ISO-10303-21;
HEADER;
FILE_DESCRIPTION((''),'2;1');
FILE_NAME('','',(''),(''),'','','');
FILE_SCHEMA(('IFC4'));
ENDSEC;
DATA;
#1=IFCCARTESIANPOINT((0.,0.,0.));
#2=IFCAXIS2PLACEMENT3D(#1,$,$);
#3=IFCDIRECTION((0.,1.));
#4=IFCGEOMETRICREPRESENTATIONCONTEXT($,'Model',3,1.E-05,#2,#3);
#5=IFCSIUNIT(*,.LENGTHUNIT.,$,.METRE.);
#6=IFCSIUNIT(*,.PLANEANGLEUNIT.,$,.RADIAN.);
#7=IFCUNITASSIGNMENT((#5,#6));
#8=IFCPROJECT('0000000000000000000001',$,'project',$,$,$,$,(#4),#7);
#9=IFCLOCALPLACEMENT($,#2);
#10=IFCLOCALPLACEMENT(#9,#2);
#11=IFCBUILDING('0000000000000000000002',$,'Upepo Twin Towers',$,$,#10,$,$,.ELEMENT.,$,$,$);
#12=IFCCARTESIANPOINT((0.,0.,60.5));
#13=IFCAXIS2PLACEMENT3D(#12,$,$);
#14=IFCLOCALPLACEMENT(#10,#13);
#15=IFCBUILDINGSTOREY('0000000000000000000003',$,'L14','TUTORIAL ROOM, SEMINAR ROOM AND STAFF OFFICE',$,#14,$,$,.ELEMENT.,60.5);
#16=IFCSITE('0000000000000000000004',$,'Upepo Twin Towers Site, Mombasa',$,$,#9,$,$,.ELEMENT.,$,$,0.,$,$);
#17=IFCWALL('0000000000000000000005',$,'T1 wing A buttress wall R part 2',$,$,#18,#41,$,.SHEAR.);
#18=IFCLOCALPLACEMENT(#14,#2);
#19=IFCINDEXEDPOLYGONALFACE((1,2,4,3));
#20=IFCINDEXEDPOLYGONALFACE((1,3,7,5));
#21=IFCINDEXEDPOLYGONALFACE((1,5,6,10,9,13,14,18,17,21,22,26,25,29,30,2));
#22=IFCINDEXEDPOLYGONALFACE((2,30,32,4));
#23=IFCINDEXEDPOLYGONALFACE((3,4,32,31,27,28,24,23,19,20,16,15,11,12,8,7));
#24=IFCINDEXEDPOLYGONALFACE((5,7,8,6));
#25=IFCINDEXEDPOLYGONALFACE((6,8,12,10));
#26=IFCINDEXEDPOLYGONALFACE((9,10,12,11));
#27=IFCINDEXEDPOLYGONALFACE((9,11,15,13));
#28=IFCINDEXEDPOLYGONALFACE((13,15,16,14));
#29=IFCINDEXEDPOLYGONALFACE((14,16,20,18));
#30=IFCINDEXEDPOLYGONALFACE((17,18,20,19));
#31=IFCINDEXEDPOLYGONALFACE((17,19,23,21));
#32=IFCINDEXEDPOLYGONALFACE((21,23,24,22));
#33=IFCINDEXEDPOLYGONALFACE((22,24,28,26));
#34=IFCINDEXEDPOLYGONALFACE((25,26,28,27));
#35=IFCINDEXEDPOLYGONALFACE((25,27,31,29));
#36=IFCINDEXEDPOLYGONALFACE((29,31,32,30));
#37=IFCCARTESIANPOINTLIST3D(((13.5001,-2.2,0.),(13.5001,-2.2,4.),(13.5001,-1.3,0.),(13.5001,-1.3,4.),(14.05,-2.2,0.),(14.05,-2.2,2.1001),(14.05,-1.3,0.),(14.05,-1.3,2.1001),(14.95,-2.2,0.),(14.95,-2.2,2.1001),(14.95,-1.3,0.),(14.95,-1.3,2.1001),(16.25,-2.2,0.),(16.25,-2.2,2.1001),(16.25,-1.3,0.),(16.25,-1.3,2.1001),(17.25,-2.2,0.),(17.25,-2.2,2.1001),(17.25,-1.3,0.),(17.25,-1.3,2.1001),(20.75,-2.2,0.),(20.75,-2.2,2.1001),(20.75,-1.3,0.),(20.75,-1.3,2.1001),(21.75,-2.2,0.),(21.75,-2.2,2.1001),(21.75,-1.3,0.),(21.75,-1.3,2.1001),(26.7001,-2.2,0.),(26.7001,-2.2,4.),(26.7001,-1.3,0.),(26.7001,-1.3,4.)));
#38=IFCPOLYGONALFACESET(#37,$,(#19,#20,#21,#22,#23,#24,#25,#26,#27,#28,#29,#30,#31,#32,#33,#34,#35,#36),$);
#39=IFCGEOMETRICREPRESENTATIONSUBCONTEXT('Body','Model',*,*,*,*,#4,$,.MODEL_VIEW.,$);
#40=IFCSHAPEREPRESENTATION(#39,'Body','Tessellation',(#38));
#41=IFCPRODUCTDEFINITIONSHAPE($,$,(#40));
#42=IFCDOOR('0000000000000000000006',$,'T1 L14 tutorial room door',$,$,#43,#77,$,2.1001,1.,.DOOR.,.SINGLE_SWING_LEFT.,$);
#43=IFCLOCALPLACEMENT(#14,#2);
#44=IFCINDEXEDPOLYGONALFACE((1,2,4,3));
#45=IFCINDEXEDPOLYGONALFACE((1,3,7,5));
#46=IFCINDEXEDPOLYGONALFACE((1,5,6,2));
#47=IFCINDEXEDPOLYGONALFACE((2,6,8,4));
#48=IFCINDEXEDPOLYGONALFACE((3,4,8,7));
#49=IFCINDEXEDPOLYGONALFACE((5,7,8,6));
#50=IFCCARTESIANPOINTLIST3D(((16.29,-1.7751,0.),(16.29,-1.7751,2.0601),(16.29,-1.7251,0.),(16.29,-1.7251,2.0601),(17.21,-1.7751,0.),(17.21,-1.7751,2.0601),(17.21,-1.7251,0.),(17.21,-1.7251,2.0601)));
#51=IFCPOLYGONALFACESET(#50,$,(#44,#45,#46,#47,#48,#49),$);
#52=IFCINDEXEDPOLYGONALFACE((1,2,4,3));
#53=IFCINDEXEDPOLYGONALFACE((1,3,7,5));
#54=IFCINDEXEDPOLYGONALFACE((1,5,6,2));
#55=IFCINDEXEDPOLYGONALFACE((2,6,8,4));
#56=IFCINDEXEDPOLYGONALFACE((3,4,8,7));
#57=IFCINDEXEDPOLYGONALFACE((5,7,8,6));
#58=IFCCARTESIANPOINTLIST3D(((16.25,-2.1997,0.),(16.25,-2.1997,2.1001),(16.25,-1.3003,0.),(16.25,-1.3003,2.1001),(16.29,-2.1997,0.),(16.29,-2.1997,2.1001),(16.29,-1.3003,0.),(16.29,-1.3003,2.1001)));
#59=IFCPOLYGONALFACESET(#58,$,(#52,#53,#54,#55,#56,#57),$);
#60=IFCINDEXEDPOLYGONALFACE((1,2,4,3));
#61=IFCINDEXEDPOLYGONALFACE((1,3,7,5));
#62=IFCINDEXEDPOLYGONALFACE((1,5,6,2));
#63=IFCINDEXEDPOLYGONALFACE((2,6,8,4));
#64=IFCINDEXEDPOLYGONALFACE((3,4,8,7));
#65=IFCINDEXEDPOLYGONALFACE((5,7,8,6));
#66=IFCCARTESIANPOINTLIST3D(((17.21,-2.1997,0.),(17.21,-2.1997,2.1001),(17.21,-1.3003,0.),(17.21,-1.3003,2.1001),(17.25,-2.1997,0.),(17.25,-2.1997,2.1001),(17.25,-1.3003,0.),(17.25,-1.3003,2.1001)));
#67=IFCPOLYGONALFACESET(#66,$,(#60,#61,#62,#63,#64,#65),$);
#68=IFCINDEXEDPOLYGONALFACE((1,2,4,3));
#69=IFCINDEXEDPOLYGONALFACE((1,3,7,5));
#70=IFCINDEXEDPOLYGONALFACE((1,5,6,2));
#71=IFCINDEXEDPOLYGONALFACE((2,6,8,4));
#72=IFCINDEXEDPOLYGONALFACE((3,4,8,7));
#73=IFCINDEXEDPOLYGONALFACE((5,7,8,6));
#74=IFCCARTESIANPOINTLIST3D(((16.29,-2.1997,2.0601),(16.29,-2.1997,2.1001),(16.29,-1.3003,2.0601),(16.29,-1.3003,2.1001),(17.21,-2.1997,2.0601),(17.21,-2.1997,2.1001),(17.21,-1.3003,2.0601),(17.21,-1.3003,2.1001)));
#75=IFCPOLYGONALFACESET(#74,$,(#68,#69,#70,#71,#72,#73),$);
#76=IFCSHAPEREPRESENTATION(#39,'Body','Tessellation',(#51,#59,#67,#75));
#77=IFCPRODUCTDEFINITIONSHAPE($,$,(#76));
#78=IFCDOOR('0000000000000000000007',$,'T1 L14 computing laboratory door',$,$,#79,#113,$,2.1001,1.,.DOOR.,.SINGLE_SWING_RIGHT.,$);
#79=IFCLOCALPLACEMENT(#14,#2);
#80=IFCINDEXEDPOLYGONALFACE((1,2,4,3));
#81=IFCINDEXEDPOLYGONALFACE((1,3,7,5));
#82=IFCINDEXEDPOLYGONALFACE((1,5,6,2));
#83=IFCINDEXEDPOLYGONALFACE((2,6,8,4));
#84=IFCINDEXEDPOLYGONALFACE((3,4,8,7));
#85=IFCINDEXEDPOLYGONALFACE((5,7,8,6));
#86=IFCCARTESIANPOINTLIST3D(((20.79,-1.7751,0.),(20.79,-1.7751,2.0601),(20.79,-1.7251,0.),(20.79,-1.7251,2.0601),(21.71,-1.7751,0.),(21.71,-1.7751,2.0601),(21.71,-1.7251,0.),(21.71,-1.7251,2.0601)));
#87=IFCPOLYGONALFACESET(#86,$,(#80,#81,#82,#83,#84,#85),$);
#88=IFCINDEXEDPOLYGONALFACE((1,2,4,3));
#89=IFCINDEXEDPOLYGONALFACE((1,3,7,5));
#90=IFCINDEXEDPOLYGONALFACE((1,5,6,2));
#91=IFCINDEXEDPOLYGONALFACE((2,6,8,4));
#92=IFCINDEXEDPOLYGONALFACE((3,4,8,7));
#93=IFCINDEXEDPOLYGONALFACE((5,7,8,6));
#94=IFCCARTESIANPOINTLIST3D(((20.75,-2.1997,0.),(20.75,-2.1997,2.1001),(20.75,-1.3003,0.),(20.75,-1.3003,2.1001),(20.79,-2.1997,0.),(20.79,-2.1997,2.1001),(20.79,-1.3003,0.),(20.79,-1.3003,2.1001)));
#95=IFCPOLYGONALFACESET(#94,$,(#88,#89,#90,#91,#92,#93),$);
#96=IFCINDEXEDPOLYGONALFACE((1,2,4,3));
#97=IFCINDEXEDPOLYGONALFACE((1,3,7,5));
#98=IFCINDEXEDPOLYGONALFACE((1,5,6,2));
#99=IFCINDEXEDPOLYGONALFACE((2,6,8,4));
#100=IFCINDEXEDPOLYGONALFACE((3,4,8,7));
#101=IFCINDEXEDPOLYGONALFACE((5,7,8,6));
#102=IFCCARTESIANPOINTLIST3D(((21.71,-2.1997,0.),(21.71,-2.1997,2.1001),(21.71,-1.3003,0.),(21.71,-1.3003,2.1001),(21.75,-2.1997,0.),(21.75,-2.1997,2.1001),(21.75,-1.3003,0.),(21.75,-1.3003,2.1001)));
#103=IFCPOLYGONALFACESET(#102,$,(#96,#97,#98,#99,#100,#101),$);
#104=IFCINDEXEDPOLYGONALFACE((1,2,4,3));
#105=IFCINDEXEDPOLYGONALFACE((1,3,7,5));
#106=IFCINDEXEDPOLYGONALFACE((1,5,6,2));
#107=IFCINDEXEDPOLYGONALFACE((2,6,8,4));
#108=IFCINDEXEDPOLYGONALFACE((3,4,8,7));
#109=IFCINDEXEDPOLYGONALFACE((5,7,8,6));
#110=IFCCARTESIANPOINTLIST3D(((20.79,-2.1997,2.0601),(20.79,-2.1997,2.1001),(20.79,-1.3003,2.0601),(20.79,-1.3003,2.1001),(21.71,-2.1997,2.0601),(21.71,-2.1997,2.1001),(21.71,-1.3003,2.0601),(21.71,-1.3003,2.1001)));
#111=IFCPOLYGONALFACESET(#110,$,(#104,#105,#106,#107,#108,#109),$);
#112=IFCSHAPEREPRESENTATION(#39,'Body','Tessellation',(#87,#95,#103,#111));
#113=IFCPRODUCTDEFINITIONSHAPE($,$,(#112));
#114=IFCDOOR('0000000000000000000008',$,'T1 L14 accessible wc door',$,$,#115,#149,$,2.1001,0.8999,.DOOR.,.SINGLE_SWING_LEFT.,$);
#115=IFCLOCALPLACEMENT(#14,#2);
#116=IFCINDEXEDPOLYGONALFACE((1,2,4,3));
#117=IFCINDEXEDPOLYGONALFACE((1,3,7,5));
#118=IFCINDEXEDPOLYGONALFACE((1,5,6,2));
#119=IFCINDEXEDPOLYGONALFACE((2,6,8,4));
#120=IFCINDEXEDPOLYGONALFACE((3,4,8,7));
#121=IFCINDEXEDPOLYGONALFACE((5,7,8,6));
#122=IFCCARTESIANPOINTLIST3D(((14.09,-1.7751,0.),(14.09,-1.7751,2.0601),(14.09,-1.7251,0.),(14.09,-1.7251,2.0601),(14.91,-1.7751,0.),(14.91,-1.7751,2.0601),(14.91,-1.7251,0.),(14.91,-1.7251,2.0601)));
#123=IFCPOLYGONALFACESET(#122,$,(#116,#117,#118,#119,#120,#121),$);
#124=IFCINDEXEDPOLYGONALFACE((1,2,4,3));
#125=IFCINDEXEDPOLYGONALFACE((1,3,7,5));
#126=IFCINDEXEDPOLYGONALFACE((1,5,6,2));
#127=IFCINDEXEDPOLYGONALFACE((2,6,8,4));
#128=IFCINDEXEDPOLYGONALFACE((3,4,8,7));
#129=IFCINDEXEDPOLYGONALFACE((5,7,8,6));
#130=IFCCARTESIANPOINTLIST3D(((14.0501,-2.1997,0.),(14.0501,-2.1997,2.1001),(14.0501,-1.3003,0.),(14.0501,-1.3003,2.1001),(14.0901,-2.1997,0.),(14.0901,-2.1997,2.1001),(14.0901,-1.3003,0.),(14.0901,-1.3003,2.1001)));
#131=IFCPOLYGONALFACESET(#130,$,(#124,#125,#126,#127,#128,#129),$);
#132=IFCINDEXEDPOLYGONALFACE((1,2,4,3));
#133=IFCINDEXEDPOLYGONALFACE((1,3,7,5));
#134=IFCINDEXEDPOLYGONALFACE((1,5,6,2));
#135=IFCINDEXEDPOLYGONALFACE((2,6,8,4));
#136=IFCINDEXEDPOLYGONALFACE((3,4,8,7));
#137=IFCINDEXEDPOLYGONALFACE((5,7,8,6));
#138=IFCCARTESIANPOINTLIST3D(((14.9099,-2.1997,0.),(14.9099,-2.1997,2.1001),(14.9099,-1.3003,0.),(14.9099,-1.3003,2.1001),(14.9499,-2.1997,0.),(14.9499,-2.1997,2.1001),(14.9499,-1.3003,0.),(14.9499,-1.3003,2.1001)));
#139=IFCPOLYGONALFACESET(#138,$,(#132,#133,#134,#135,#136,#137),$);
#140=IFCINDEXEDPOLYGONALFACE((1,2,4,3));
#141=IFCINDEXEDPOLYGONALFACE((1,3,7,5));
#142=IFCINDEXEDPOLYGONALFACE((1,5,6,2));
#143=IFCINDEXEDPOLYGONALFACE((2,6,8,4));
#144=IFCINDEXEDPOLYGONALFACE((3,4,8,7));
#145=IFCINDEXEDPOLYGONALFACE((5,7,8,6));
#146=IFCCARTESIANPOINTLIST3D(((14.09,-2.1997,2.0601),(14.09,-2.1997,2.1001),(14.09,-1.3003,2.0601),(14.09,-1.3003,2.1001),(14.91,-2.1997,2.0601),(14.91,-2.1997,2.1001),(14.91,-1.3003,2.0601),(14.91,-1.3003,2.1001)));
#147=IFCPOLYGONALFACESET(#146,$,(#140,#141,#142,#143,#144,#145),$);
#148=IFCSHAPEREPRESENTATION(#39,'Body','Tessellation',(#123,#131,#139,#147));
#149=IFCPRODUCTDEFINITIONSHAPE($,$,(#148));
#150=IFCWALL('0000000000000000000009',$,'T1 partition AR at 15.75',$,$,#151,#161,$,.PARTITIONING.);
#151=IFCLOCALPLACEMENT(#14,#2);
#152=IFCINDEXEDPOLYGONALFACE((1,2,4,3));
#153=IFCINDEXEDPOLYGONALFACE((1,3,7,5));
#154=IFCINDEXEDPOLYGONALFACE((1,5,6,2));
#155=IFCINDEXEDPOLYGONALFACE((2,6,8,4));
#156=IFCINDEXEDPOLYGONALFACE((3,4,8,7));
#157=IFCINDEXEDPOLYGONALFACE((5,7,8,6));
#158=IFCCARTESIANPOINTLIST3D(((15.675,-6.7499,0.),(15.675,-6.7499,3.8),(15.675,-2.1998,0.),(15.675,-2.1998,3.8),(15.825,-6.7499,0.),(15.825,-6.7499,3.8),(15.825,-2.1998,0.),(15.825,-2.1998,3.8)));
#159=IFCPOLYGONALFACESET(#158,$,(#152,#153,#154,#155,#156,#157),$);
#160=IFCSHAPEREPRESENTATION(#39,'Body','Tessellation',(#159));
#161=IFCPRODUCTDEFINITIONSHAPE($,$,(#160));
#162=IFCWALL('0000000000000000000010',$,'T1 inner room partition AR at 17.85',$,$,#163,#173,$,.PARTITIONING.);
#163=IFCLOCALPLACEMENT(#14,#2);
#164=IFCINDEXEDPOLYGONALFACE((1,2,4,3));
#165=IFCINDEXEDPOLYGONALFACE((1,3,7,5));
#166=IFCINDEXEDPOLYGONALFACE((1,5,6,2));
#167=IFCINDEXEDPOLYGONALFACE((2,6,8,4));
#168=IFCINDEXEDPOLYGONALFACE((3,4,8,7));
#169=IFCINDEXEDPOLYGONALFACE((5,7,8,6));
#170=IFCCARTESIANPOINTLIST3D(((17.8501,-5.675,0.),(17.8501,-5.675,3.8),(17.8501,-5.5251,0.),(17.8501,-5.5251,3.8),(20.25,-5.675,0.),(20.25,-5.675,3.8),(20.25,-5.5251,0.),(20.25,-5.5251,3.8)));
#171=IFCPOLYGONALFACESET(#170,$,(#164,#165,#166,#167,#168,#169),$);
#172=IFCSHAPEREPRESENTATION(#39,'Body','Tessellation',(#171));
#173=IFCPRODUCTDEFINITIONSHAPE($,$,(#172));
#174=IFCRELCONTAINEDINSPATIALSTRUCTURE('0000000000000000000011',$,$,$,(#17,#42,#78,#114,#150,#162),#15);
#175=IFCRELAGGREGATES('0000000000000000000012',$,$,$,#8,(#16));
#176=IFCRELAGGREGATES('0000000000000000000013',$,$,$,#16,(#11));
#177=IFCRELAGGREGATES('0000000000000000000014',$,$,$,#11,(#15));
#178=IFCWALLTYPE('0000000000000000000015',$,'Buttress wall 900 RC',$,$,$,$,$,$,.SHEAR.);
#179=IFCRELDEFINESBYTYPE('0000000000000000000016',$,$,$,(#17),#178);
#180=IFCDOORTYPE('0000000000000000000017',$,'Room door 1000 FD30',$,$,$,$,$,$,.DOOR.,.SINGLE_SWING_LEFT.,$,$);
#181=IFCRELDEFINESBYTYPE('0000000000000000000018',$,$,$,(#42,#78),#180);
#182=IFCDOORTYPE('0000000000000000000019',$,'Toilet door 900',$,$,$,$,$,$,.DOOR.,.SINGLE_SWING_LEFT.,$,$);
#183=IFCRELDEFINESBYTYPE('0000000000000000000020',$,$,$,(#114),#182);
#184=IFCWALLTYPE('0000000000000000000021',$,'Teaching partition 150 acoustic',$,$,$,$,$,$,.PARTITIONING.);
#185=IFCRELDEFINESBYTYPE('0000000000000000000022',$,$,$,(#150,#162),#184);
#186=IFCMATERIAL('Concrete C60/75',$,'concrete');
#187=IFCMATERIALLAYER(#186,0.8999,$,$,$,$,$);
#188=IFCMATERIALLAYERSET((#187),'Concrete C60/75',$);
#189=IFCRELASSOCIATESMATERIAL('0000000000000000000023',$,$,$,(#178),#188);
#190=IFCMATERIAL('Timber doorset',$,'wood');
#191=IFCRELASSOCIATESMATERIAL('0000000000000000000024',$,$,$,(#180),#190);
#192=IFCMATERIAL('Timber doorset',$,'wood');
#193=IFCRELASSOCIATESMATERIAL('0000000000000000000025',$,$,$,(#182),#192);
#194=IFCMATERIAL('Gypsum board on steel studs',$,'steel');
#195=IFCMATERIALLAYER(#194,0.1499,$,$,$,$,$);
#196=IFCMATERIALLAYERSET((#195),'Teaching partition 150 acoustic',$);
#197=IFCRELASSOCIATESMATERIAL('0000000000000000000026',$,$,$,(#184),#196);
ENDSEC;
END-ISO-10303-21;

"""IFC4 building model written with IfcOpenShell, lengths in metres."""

from ifc_helpers import new_model, si_unit, direction, frame, frame_2d, origin, place, context, subcontext, project, spatial, rectangle, extrude, material, layer, layer_set, type_object, element, fill, save


model = new_model("IFC4")

# Units and contexts
model_context = context("Model", 3, precision=1e-05, world=origin(), true_north=direction((0.0, 1.0)))
body_context = subcontext(model_context, "Body", "Model", "MODEL_VIEW")
ifc_project = project(units=[si_unit("LENGTHUNIT", "METRE"), si_unit("PLANEANGLEUNIT", "RADIAN")], contexts=[model_context])

# Site, building, storey
site_placement = place(None, origin())
site = spatial("IfcSite", under=ifc_project, at=site_placement, Name="Upepo Twin Towers Site, Mombasa", CompositionType="ELEMENT", RefElevation=0.0)
building_placement = place(site_placement, origin())
building = spatial("IfcBuilding", under=site, at=building_placement, Name="Upepo Twin Towers", CompositionType="ELEMENT")
storey_placement = place(building_placement, frame((0.0, 0.0, 60.5)))
storey = spatial("IfcBuildingStorey", under=building, at=storey_placement, Name="L14", Description="TUTORIAL ROOM, SEMINAR ROOM AND STAFF OFFICE", CompositionType="ELEMENT", Elevation=60.5)

# Wall, openings, doors
ifc_material_1 = material(Name="Concrete C60/75", Category="concrete")
ifc_layer_1 = layer(ifc_material_1, 0.8999)
ifc_layer_set_1 = layer_set([ifc_layer_1], Name="Concrete C60/75")
wall_type_1 = type_object("IfcWallType", Name="Buttress wall 900 RC", PredefinedType="SHEAR", material=ifc_layer_set_1)
wall_1_placement = place(storey_placement, frame((13.5, -1.75, 0.0), z_axis=(0.0, 0.0, 1.0), x_axis=(1.0, 0.0, 0.0)))
wall_1 = element("IfcWall", 1, at=wall_1_placement, inside=storey, type_object=wall_type_1, Name="T1 wing A buttress wall R part 2", PredefinedType="SHEAR", context=body_context, shape_type="SweptSolid", body=[
    extrude(rectangle(XDim=13.2, YDim=0.8999, at=frame_2d((6.6001, 0.0))), origin(), (0.0, 0.0, 1.0), 4.0),
])
opening_1_placement = place(wall_1_placement, frame((0.55, 0.0, 0.0)))
opening_1 = element("IfcOpeningElement", 2, at=opening_1_placement, cuts=wall_1, PredefinedType="OPENING", context=body_context, shape_type="SweptSolid", body=[
    extrude(rectangle(XDim=0.8999, YDim=2.1001, at=frame_2d((0.45, 1.05))), frame((0.0, 0.46, 0.0), z_axis=(0.0, -1.0, 0.0), x_axis=(1.0, 0.0, 0.0)), (0.0, 0.0, 1.0), 0.9199),
])
opening_2_placement = place(wall_1_placement, frame((2.75, 0.0, 0.0)))
opening_2 = element("IfcOpeningElement", 3, at=opening_2_placement, cuts=wall_1, PredefinedType="OPENING", context=body_context, shape_type="SweptSolid", body=[
    extrude(rectangle(XDim=1.0, YDim=2.1001, at=frame_2d((0.5, 1.05))), frame((0.0, 0.46, 0.0), z_axis=(0.0, -1.0, 0.0), x_axis=(1.0, 0.0, 0.0)), (0.0, 0.0, 1.0), 0.9199),
])
opening_3_placement = place(wall_1_placement, frame((7.25, 0.0, 0.0)))
opening_3 = element("IfcOpeningElement", 4, at=opening_3_placement, cuts=wall_1, PredefinedType="OPENING", context=body_context, shape_type="SweptSolid", body=[
    extrude(rectangle(XDim=1.0, YDim=2.1001, at=frame_2d((0.5, 1.05))), frame((0.0, 0.46, 0.0), z_axis=(0.0, -1.0, 0.0), x_axis=(1.0, 0.0, 0.0)), (0.0, 0.0, 1.0), 0.9199),
])
ifc_material_2 = material(Name="Timber doorset", Category="wood")
door_type_1 = type_object("IfcDoorType", Name="Room door 1000 FD30", OperationType="SINGLE_SWING_LEFT", PredefinedType="DOOR", material=ifc_material_2)
door_1_placement = place(opening_2_placement, origin())
door_1 = element("IfcDoor", 5, at=door_1_placement, inside=storey, type_object=door_type_1, Name="T1 L14 tutorial room door", OperationType="SINGLE_SWING_LEFT", OverallHeight=2.1001, OverallWidth=1.0, PredefinedType="DOOR", context=body_context, shape_type="SweptSolid", body=[
    extrude(rectangle(XDim=0.92, YDim=2.0601, at=frame_2d((0.5, 1.03))), frame((0.0, 0.0249, 0.0), z_axis=(0.0, -1.0, 0.0), x_axis=(1.0, 0.0, 0.0)), (0.0, 0.0, 1.0), 0.05),
    extrude(rectangle(XDim=0.04, YDim=2.1001, at=frame_2d((0.02, 1.05))), frame((0.0, 0.4497, 0.0), z_axis=(0.0, -1.0, 0.0), x_axis=(1.0, 0.0, 0.0)), (0.0, 0.0, 1.0), 0.8994),
    extrude(rectangle(XDim=0.04, YDim=2.1001, at=frame_2d((0.98, 1.05))), frame((0.0, 0.4497, 0.0), z_axis=(0.0, -1.0, 0.0), x_axis=(1.0, 0.0, 0.0)), (0.0, 0.0, 1.0), 0.8994),
    extrude(rectangle(XDim=0.92, YDim=0.04, at=frame_2d((0.5, 2.0801))), frame((0.0, 0.4497, 0.0), z_axis=(0.0, -1.0, 0.0), x_axis=(1.0, 0.0, 0.0)), (0.0, 0.0, 1.0), 0.8994),
])
fill(opening_2, door_1)
door_2_placement = place(opening_3_placement, origin())
door_2 = element("IfcDoor", 6, at=door_2_placement, inside=storey, type_object=door_type_1, Name="T1 L14 computing laboratory door", OperationType="SINGLE_SWING_RIGHT", OverallHeight=2.1001, OverallWidth=1.0, PredefinedType="DOOR", context=body_context, shape_type="SweptSolid", body=[
    extrude(rectangle(XDim=0.92, YDim=2.0601, at=frame_2d((0.5, 1.03))), frame((0.0, 0.0249, 0.0), z_axis=(0.0, -1.0, 0.0), x_axis=(1.0, 0.0, 0.0)), (0.0, 0.0, 1.0), 0.05),
    extrude(rectangle(XDim=0.04, YDim=2.1001, at=frame_2d((0.02, 1.05))), frame((0.0, 0.4497, 0.0), z_axis=(0.0, -1.0, 0.0), x_axis=(1.0, 0.0, 0.0)), (0.0, 0.0, 1.0), 0.8994),
    extrude(rectangle(XDim=0.04, YDim=2.1001, at=frame_2d((0.98, 1.05))), frame((0.0, 0.4497, 0.0), z_axis=(0.0, -1.0, 0.0), x_axis=(1.0, 0.0, 0.0)), (0.0, 0.0, 1.0), 0.8994),
    extrude(rectangle(XDim=0.92, YDim=0.04, at=frame_2d((0.5, 2.0801))), frame((0.0, 0.4497, 0.0), z_axis=(0.0, -1.0, 0.0), x_axis=(1.0, 0.0, 0.0)), (0.0, 0.0, 1.0), 0.8994),
])
fill(opening_3, door_2)
ifc_material_3 = material(Name="Timber doorset", Category="wood")
door_type_2 = type_object("IfcDoorType", Name="Toilet door 900", OperationType="SINGLE_SWING_LEFT", PredefinedType="DOOR", material=ifc_material_3)
door_3_placement = place(opening_1_placement, origin())
door_3 = element("IfcDoor", 7, at=door_3_placement, inside=storey, type_object=door_type_2, Name="T1 L14 accessible wc door", OperationType="SINGLE_SWING_LEFT", OverallHeight=2.1001, OverallWidth=0.8999, PredefinedType="DOOR", context=body_context, shape_type="SweptSolid", body=[
    extrude(rectangle(XDim=0.8199, YDim=2.0601, at=frame_2d((0.45, 1.03))), frame((0.0, 0.0249, 0.0), z_axis=(0.0, -1.0, 0.0), x_axis=(1.0, 0.0, 0.0)), (0.0, 0.0, 1.0), 0.05),
    extrude(rectangle(XDim=0.04, YDim=2.1001, at=frame_2d((0.02, 1.05))), frame((0.0, 0.4497, 0.0), z_axis=(0.0, -1.0, 0.0), x_axis=(1.0, 0.0, 0.0)), (0.0, 0.0, 1.0), 0.8994),
    extrude(rectangle(XDim=0.04, YDim=2.1001, at=frame_2d((0.8799, 1.05))), frame((0.0, 0.4497, 0.0), z_axis=(0.0, -1.0, 0.0), x_axis=(1.0, 0.0, 0.0)), (0.0, 0.0, 1.0), 0.8994),
    extrude(rectangle(XDim=0.8199, YDim=0.04, at=frame_2d((0.45, 2.0801))), frame((0.0, 0.4497, 0.0), z_axis=(0.0, -1.0, 0.0), x_axis=(1.0, 0.0, 0.0)), (0.0, 0.0, 1.0), 0.8994),
])
fill(opening_1, door_3)

# Walls
ifc_material_4 = material(Name="Gypsum board on steel studs", Category="steel")
ifc_layer_2 = layer(ifc_material_4, 0.1499)
ifc_layer_set_2 = layer_set([ifc_layer_2], Name="Teaching partition 150 acoustic")
wall_type_2 = type_object("IfcWallType", Name="Teaching partition 150 acoustic", PredefinedType="PARTITIONING", material=ifc_layer_set_2)
wall_2_placement = place(storey_placement, frame((15.75, -2.2, 0.0), z_axis=(0.0, 0.0, 1.0), x_axis=(0.0, -1.0, 0.0)))
element("IfcWall", 8, at=wall_2_placement, inside=storey, type_object=wall_type_2, Name="T1 partition AR at 15.75", PredefinedType="PARTITIONING", context=body_context, shape_type="SweptSolid", body=[
    extrude(rectangle(XDim=4.55, YDim=0.1499, at=frame_2d((2.2749, 0.0))), origin(), (0.0, 0.0, 1.0), 3.8),
])
wall_3_placement = place(storey_placement, frame((17.8501, -5.6001, 0.0), z_axis=(0.0, 0.0, 1.0), x_axis=(1.0, 0.0, 0.0)))
element("IfcWall", 9, at=wall_3_placement, inside=storey, type_object=wall_type_2, Name="T1 inner room partition AR at 17.85", PredefinedType="PARTITIONING", context=body_context, shape_type="SweptSolid", body=[
    extrude(rectangle(XDim=2.3999, YDim=0.1499, at=frame_2d((1.2, 0.0))), origin(), (0.0, 0.0, 1.0), 3.8),
])

save(model, "model.ifc")
